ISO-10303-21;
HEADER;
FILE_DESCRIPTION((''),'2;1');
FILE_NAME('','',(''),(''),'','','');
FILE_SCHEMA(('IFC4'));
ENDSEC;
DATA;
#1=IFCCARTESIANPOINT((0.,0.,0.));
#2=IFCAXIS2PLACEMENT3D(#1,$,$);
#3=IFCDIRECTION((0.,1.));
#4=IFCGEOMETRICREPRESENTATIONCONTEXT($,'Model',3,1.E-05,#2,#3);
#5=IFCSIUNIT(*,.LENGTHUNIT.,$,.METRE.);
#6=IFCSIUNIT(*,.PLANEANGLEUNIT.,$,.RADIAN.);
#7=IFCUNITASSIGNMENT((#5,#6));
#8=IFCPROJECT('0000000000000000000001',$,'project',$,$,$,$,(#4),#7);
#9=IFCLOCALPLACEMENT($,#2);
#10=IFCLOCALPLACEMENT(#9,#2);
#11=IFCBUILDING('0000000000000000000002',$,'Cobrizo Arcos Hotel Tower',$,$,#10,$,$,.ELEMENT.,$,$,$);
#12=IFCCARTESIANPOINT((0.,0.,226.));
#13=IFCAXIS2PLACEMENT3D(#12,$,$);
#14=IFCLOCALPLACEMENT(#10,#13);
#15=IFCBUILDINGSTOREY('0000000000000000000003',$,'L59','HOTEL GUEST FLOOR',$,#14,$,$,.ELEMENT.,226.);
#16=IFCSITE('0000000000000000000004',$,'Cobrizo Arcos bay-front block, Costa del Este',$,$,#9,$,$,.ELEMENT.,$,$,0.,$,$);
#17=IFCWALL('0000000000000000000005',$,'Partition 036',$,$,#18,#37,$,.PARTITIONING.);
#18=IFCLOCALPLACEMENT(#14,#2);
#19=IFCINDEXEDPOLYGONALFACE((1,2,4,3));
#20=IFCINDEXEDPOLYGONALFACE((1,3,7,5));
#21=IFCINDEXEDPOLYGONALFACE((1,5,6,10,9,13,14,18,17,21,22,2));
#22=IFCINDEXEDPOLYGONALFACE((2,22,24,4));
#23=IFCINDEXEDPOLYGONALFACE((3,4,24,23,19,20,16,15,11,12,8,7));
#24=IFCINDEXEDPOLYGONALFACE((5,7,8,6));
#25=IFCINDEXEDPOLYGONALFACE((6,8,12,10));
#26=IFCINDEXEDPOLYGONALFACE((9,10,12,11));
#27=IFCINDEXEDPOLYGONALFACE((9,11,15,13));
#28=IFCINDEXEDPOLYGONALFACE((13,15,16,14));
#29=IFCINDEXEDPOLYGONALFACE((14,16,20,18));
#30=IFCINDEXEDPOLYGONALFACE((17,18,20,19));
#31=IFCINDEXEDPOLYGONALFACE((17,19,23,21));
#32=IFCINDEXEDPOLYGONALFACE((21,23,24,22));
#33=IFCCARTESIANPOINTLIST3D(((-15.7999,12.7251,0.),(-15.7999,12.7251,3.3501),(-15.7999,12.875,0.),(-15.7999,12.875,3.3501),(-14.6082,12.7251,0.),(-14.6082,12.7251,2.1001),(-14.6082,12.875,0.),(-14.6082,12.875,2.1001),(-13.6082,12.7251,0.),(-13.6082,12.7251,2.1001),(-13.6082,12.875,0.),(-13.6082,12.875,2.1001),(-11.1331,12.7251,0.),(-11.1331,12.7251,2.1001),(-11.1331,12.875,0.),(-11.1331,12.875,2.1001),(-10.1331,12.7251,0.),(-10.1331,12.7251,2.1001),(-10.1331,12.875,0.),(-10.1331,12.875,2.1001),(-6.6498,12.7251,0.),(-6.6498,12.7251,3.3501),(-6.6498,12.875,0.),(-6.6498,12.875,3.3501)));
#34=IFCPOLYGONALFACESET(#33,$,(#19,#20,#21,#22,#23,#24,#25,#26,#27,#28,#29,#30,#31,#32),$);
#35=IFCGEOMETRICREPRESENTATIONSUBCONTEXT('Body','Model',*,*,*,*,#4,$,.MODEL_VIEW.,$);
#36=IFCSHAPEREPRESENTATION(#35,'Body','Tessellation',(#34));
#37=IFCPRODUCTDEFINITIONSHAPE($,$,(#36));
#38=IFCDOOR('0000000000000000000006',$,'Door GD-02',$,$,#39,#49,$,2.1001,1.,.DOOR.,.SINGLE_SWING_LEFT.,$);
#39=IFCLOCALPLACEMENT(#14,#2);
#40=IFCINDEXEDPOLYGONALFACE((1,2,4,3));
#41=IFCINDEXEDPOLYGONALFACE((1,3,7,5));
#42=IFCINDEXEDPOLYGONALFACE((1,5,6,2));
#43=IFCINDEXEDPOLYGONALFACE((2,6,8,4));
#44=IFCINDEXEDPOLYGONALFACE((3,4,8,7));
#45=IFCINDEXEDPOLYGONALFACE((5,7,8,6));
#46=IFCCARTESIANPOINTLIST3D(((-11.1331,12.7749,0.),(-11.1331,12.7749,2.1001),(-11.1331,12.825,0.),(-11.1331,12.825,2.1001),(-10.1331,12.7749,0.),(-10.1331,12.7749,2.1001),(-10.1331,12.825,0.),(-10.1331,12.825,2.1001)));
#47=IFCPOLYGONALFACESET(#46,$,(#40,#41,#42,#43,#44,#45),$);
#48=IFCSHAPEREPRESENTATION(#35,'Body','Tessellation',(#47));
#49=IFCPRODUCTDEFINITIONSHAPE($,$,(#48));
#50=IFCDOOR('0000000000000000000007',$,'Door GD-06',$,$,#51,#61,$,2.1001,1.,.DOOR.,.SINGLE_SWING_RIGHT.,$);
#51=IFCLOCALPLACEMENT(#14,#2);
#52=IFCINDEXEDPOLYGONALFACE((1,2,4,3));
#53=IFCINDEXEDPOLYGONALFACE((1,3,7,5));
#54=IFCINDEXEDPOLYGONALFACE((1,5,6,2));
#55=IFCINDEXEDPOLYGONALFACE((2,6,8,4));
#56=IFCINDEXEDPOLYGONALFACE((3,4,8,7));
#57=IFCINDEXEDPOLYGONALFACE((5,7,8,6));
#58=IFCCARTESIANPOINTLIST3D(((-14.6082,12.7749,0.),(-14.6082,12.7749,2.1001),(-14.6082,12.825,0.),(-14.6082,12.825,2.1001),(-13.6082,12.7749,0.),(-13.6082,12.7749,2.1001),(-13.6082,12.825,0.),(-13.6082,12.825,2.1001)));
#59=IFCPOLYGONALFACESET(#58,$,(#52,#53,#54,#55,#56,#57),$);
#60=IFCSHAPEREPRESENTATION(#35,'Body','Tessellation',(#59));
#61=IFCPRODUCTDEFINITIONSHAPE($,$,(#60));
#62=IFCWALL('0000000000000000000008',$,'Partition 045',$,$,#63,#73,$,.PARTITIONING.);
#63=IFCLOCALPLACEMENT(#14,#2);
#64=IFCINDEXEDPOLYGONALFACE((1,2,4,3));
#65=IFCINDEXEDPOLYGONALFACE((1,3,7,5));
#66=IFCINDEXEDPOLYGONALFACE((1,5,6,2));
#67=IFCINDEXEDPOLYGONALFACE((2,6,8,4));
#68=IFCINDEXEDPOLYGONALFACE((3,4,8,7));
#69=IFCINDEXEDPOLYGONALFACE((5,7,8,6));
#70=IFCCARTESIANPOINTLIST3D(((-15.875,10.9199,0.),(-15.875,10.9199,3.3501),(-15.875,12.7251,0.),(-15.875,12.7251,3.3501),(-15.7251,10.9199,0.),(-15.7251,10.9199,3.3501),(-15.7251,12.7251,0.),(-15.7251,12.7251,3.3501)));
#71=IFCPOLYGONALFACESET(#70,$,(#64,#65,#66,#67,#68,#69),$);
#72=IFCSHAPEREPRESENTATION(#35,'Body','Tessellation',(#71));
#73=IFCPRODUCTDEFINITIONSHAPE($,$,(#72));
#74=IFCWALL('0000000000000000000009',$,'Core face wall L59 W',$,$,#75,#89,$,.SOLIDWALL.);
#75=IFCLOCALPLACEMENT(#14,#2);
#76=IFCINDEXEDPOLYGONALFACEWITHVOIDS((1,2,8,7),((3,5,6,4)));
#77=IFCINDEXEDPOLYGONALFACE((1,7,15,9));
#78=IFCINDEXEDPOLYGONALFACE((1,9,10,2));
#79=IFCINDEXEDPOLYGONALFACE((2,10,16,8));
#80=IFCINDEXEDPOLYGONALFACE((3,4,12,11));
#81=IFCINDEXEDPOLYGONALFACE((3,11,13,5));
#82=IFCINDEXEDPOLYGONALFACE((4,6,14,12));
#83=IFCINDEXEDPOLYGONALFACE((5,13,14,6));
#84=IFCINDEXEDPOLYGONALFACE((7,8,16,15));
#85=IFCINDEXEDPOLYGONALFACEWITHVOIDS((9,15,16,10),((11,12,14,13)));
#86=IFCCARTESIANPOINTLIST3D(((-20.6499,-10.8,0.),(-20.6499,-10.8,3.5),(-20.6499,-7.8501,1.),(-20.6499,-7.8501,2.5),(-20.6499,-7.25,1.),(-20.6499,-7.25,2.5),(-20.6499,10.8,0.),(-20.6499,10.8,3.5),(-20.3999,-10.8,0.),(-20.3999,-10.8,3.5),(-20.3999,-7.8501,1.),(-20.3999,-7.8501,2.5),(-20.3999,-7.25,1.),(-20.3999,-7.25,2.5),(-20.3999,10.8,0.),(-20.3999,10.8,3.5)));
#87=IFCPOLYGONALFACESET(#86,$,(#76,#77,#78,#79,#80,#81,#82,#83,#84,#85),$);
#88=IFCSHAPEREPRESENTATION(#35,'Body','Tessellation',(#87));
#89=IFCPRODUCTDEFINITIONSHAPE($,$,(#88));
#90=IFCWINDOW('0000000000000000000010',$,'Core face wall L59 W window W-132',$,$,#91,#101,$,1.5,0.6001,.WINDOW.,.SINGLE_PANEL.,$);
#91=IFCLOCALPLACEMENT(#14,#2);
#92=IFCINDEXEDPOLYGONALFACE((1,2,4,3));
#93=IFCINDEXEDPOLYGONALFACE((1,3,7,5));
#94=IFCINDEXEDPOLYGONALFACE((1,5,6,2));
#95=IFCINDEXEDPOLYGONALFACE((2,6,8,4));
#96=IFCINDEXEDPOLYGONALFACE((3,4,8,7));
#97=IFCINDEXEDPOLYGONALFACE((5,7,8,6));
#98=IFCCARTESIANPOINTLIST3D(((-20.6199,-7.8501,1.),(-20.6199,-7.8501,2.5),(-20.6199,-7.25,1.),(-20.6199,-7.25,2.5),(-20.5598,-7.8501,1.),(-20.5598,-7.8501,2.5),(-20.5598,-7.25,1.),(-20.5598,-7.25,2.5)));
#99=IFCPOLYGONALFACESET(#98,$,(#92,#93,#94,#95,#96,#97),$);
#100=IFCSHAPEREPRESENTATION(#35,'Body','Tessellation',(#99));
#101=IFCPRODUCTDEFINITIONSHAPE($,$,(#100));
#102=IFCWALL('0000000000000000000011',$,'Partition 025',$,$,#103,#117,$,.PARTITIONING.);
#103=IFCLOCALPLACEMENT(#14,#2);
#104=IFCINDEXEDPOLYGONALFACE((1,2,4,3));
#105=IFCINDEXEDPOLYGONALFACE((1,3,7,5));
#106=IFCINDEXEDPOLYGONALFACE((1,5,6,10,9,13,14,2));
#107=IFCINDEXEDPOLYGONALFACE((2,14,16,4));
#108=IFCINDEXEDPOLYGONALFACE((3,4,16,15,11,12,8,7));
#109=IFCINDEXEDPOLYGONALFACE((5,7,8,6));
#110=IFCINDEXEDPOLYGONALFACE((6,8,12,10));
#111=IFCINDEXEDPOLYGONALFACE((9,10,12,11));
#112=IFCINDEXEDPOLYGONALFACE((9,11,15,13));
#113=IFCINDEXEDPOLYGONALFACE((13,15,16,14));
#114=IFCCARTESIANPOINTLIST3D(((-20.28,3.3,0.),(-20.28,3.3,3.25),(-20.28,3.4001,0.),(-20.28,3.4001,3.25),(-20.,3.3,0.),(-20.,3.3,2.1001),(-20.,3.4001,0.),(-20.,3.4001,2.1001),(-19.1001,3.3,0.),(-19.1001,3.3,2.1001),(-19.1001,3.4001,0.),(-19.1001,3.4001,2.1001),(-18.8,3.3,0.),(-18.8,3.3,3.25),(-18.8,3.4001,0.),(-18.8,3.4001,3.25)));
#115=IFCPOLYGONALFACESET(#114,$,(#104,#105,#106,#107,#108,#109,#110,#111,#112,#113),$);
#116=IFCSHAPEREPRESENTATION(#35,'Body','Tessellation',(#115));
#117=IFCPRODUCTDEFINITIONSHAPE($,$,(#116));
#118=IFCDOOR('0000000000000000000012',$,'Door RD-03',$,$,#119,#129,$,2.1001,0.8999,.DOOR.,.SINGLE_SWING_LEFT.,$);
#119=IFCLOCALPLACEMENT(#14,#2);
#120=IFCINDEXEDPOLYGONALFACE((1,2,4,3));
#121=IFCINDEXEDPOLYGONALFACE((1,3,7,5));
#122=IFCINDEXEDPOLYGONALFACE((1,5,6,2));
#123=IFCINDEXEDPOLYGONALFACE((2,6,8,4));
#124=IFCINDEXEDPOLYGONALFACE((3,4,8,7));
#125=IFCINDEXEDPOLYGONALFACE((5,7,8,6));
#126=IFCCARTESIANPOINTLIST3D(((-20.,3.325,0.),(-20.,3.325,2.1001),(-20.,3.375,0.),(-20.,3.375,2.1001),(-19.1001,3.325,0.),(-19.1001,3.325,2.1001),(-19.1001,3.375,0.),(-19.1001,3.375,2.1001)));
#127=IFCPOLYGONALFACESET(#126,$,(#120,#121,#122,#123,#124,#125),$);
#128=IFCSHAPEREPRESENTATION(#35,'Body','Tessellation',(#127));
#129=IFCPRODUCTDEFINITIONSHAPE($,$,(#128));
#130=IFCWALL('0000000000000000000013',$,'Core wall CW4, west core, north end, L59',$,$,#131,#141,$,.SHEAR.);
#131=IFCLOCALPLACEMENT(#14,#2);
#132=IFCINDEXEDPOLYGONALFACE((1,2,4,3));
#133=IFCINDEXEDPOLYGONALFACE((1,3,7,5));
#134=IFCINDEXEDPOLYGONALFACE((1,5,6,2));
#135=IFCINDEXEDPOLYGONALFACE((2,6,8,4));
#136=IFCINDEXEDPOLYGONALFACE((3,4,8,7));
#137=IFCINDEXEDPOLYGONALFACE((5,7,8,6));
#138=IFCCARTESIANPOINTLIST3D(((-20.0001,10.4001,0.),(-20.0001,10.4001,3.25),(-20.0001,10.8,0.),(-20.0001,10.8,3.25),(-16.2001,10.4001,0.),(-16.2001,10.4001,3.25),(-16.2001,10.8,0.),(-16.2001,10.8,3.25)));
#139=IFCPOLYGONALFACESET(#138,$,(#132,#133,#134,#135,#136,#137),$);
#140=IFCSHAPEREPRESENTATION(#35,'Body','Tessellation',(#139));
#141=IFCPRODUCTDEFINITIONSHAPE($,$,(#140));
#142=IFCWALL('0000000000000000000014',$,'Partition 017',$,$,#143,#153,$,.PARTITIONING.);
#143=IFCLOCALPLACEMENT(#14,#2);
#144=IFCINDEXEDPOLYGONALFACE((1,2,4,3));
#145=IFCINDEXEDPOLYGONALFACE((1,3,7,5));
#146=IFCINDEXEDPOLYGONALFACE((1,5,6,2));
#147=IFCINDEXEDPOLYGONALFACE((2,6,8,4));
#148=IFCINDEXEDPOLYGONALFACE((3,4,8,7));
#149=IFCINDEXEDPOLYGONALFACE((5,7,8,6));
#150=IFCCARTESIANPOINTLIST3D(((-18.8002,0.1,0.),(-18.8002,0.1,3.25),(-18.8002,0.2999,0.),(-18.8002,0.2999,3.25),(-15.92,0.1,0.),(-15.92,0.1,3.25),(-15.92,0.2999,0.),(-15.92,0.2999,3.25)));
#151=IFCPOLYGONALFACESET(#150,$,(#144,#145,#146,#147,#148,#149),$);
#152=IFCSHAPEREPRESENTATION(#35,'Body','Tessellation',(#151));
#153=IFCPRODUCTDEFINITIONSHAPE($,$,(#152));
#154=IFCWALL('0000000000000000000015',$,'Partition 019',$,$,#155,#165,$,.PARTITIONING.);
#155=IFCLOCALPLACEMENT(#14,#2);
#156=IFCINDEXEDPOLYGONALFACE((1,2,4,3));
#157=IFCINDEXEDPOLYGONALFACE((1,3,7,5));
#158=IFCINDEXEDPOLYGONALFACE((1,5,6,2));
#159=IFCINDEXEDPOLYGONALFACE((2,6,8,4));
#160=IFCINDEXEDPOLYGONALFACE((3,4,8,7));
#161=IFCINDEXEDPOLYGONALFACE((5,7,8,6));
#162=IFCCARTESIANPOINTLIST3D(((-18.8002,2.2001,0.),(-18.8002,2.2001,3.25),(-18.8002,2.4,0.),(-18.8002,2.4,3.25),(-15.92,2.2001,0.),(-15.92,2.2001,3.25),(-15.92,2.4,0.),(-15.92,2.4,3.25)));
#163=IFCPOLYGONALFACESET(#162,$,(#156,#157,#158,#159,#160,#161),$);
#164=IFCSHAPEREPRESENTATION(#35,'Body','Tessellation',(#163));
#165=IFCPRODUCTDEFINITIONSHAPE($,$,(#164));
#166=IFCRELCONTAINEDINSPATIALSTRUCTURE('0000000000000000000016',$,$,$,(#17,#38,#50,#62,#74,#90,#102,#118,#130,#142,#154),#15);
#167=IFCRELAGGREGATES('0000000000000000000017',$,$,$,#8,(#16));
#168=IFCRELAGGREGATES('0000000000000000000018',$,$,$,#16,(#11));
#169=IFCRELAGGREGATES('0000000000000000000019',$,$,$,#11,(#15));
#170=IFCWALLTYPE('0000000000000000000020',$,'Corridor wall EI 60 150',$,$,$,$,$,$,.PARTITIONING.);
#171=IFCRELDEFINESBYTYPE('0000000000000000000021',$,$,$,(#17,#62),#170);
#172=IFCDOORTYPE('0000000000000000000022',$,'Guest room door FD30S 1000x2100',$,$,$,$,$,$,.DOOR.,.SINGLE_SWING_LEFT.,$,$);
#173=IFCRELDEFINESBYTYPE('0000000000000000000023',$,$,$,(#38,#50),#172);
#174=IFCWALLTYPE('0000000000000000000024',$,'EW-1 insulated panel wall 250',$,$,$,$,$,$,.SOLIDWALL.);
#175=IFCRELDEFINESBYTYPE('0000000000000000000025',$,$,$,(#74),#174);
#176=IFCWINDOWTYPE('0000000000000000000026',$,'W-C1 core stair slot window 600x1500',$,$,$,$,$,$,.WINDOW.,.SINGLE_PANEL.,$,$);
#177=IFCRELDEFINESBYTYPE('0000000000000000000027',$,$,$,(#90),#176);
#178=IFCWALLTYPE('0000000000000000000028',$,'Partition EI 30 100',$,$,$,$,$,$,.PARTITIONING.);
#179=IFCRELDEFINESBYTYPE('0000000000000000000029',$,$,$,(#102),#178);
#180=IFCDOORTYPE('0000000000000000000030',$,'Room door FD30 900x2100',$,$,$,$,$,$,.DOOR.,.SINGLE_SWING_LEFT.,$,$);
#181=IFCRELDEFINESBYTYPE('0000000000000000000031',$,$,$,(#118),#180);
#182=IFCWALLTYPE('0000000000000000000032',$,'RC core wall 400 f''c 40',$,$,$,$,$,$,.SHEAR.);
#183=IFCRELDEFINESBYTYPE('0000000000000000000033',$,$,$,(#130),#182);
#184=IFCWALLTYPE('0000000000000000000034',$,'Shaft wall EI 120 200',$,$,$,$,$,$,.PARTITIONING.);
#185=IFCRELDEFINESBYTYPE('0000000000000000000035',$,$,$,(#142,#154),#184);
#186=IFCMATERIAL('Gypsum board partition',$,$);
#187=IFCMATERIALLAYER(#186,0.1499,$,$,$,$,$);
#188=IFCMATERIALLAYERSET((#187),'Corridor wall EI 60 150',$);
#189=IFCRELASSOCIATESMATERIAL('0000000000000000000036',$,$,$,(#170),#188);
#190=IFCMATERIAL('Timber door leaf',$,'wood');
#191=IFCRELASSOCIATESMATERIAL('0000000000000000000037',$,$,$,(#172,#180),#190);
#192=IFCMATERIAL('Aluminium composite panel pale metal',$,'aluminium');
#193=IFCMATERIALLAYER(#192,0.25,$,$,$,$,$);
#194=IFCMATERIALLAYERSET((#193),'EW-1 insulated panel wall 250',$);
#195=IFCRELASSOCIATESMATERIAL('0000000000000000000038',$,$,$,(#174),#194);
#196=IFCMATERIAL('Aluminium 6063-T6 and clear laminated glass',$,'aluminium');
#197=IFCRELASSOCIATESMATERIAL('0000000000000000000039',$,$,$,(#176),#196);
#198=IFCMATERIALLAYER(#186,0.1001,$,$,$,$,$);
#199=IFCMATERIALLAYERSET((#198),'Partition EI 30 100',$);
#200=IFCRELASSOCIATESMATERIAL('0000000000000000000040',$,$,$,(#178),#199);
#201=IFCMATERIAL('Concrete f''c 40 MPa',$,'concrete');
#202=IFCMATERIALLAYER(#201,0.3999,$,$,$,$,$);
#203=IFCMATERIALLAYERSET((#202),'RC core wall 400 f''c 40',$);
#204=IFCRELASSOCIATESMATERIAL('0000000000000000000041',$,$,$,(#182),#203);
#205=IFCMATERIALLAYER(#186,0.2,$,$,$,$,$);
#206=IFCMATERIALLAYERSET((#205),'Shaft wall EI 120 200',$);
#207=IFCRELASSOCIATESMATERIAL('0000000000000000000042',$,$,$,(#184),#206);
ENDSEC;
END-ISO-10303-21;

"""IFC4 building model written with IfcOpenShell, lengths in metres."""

from ifc_helpers import new_model, si_unit, direction, frame, frame_2d, origin, place, context, subcontext, project, spatial, rectangle, extrude, material, layer, layer_set, type_object, element, fill, save


model = new_model("IFC4")

# Units and contexts
model_context = context("Model", 3, precision=1e-05, world=origin(), true_north=direction((0.0, 1.0)))
body_context = subcontext(model_context, "Body", "Model", "MODEL_VIEW")
ifc_project = project(units=[si_unit("LENGTHUNIT", "METRE"), si_unit("PLANEANGLEUNIT", "RADIAN")], contexts=[model_context])

# Site, building, storey
site_placement = place(None, origin())
site = spatial("IfcSite", under=ifc_project, at=site_placement, Name="Cobrizo Arcos bay-front block, Costa del Este", CompositionType="ELEMENT", RefElevation=0.0)
building_placement = place(site_placement, origin())
building = spatial("IfcBuilding", under=site, at=building_placement, Name="Cobrizo Arcos Hotel Tower", CompositionType="ELEMENT")
storey_placement = place(building_placement, frame((0.0, 0.0, 226.0)))
storey = spatial("IfcBuildingStorey", under=building, at=storey_placement, Name="L59", Description="HOTEL GUEST FLOOR", CompositionType="ELEMENT", Elevation=226.0)

# Shared definitions
ifc_material_1 = material(Name="Gypsum board partition")
ifc_layer_1 = layer(ifc_material_1, 0.1499)
ifc_layer_set_1 = layer_set([ifc_layer_1], Name="Corridor wall EI 60 150")
wall_type_1 = type_object("IfcWallType", Name="Corridor wall EI 60 150", PredefinedType="PARTITIONING", material=ifc_layer_set_1)

# Wall, openings, doors
wall_1_placement = place(storey_placement, frame((-15.8, 12.8, 0.0), z_axis=(0.0, 0.0, 1.0), x_axis=(1.0, 0.0, 0.0)))
wall_1 = element("IfcWall", 1, at=wall_1_placement, inside=storey, type_object=wall_type_1, Name="Partition 036", PredefinedType="PARTITIONING", context=body_context, shape_type="SweptSolid", body=[
    extrude(rectangle(XDim=9.1501, YDim=0.1499, at=frame_2d((4.5752, 0.0))), origin(), (0.0, 0.0, 1.0), 3.3501),
])
opening_1_placement = place(wall_1_placement, frame((4.667, 0.0, 0.0)))
opening_1 = element("IfcOpeningElement", 2, at=opening_1_placement, cuts=wall_1, PredefinedType="OPENING", context=body_context, shape_type="SweptSolid", body=[
    extrude(rectangle(XDim=1.0, YDim=2.1001, at=frame_2d((0.5, 1.05))), frame((0.0, 0.0869, 0.0), z_axis=(0.0, -1.0, 0.0), x_axis=(1.0, 0.0, 0.0)), (0.0, 0.0, 1.0), 0.1738),
])
opening_2_placement = place(wall_1_placement, frame((1.1919, 0.0, 0.0)))
opening_2 = element("IfcOpeningElement", 3, at=opening_2_placement, cuts=wall_1, PredefinedType="OPENING", context=body_context, shape_type="SweptSolid", body=[
    extrude(rectangle(XDim=1.0, YDim=2.1001, at=frame_2d((0.5, 1.05))), frame((0.0, 0.0869, 0.0), z_axis=(0.0, -1.0, 0.0), x_axis=(1.0, 0.0, 0.0)), (0.0, 0.0, 1.0), 0.1738),
])
ifc_material_2 = material(Name="Timber door leaf", Category="wood")
door_type_1 = type_object("IfcDoorType", Name="Guest room door FD30S 1000x2100", OperationType="SINGLE_SWING_LEFT", PredefinedType="DOOR", material=ifc_material_2)
door_1_placement = place(opening_1_placement, origin())
door_1 = element("IfcDoor", 4, at=door_1_placement, inside=storey, type_object=door_type_1, Name="Door GD-02", OperationType="SINGLE_SWING_LEFT", OverallHeight=2.1001, OverallWidth=1.0, PredefinedType="DOOR", context=body_context, shape_type="SweptSolid", body=[
    extrude(rectangle(XDim=1.0, YDim=2.1001, at=frame_2d((0.5, 1.05))), frame((0.0, 0.0249, 0.0), z_axis=(0.0, -1.0, 0.0), x_axis=(1.0, 0.0, 0.0)), (0.0, 0.0, 1.0), 0.05),
])
fill(opening_1, door_1)
door_2_placement = place(opening_2_placement, origin())
door_2 = element("IfcDoor", 5, at=door_2_placement, inside=storey, type_object=door_type_1, Name="Door GD-06", OperationType="SINGLE_SWING_RIGHT", OverallHeight=2.1001, OverallWidth=1.0, PredefinedType="DOOR", context=body_context, shape_type="SweptSolid", body=[
    extrude(rectangle(XDim=1.0, YDim=2.1001, at=frame_2d((0.5, 1.05))), frame((0.0, 0.0249, 0.0), z_axis=(0.0, -1.0, 0.0), x_axis=(1.0, 0.0, 0.0)), (0.0, 0.0, 1.0), 0.05),
])
fill(opening_2, door_2)

# Wall
wall_2_placement = place(storey_placement, frame((-15.8, 10.9199, 0.0), z_axis=(0.0, 0.0, 1.0), x_axis=(0.0, 1.0, 0.0)))
element("IfcWall", 6, at=wall_2_placement, inside=storey, type_object=wall_type_1, Name="Partition 045", PredefinedType="PARTITIONING", context=body_context, shape_type="SweptSolid", body=[
    extrude(rectangle(XDim=1.8052, YDim=0.1499, at=frame_2d((0.9026, 0.0))), origin(), (0.0, 0.0, 1.0), 3.3501),
])

# Wall, opening, window
ifc_material_3 = material(Name="Aluminium composite panel pale metal", Category="aluminium")
ifc_layer_2 = layer(ifc_material_3, 0.25)
ifc_layer_set_2 = layer_set([ifc_layer_2], Name="EW-1 insulated panel wall 250")
wall_type_2 = type_object("IfcWallType", Name="EW-1 insulated panel wall 250", PredefinedType="SOLIDWALL", material=ifc_layer_set_2)
wall_3_placement = place(storey_placement, frame((-20.5249, 10.8, 0.0), z_axis=(0.0, 0.0, 1.0), x_axis=(0.0, -1.0, 0.0)))
wall_3 = element("IfcWall", 7, at=wall_3_placement, inside=storey, type_object=wall_type_2, Name="Core face wall L59 W", PredefinedType="SOLIDWALL", context=body_context, shape_type="SweptSolid", body=[
    extrude(rectangle(XDim=21.6001, YDim=0.25, at=frame_2d((10.8, 0.0))), origin(), (0.0, 0.0, 1.0), 3.5),
])
opening_3_placement = place(wall_3_placement, frame((18.05, 0.0, 1.0)))
opening_3 = element("IfcOpeningElement", 8, at=opening_3_placement, cuts=wall_3, PredefinedType="OPENING", context=body_context, shape_type="SweptSolid", body=[
    extrude(rectangle(XDim=0.6001, YDim=1.5, at=frame_2d((0.3, 0.75))), frame((0.0, 0.137, 0.0), z_axis=(0.0, -1.0, 0.0), x_axis=(1.0, 0.0, 0.0)), (0.0, 0.0, 1.0), 0.2739),
])
ifc_material_4 = material(Name="Aluminium 6063-T6 and clear laminated glass", Category="aluminium")
window_type = type_object("IfcWindowType", Name="W-C1 core stair slot window 600x1500", PartitioningType="SINGLE_PANEL", PredefinedType="WINDOW", material=ifc_material_4)
window_placement = place(opening_3_placement, origin())
window = element("IfcWindow", 9, at=window_placement, inside=storey, type_object=window_type, Name="Core face wall L59 W window W-132", OverallHeight=1.5, OverallWidth=0.6001, PartitioningType="SINGLE_PANEL", PredefinedType="WINDOW", context=body_context, shape_type="SweptSolid", body=[
    extrude(rectangle(XDim=0.6001, YDim=1.5, at=frame_2d((0.3, 0.75))), frame((0.0, -0.0349, 0.0), z_axis=(0.0, -1.0, 0.0), x_axis=(1.0, 0.0, 0.0)), (0.0, 0.0, 1.0), 0.0601),
])
fill(opening_3, window)

# Wall, opening, door
ifc_layer_3 = layer(ifc_material_1, 0.1001)
ifc_layer_set_3 = layer_set([ifc_layer_3], Name="Partition EI 30 100")
wall_type_3 = type_object("IfcWallType", Name="Partition EI 30 100", PredefinedType="PARTITIONING", material=ifc_layer_set_3)
wall_4_placement = place(storey_placement, frame((-20.28, 3.3501, 0.0), z_axis=(0.0, 0.0, 1.0), x_axis=(1.0, 0.0, 0.0)))
wall_4 = element("IfcWall", 10, at=wall_4_placement, inside=storey, type_object=wall_type_3, Name="Partition 025", PredefinedType="PARTITIONING", context=body_context, shape_type="SweptSolid", body=[
    extrude(rectangle(XDim=1.48, YDim=0.1001, at=frame_2d((0.74, 0.0))), origin(), (0.0, 0.0, 1.0), 3.25),
])
opening_4_placement = place(wall_4_placement, frame((0.28, 0.0, 0.0)))
opening_4 = element("IfcOpeningElement", 11, at=opening_4_placement, cuts=wall_4, PredefinedType="OPENING", context=body_context, shape_type="SweptSolid", body=[
    extrude(rectangle(XDim=0.8999, YDim=2.1001, at=frame_2d((0.45, 1.05))), frame((0.0, 0.062, 0.0), z_axis=(0.0, -1.0, 0.0), x_axis=(1.0, 0.0, 0.0)), (0.0, 0.0, 1.0), 0.124),
])
door_type_2 = type_object("IfcDoorType", Name="Room door FD30 900x2100", OperationType="SINGLE_SWING_LEFT", PredefinedType="DOOR", material=ifc_material_2)
door_3_placement = place(opening_4_placement, origin())
door_3 = element("IfcDoor", 12, at=door_3_placement, inside=storey, type_object=door_type_2, Name="Door RD-03", OperationType="SINGLE_SWING_LEFT", OverallHeight=2.1001, OverallWidth=0.8999, PredefinedType="DOOR", context=body_context, shape_type="SweptSolid", body=[
    extrude(rectangle(XDim=0.8999, YDim=2.1001, at=frame_2d((0.45, 1.05))), frame((0.0, 0.0249, 0.0), z_axis=(0.0, -1.0, 0.0), x_axis=(1.0, 0.0, 0.0)), (0.0, 0.0, 1.0), 0.05),
])
fill(opening_4, door_3)

# Walls
ifc_material_5 = material(Name="Concrete f'c 40 MPa", Category="concrete")
ifc_layer_4 = layer(ifc_material_5, 0.3999)
ifc_layer_set_4 = layer_set([ifc_layer_4], Name="RC core wall 400 f'c 40")
wall_type_4 = type_object("IfcWallType", Name="RC core wall 400 f'c 40", PredefinedType="SHEAR", material=ifc_layer_set_4)
wall_5_placement = place(storey_placement, frame((-20.0, 10.6001, 0.0), z_axis=(0.0, 0.0, 1.0), x_axis=(1.0, 0.0, 0.0)))
element("IfcWall", 13, at=wall_5_placement, inside=storey, type_object=wall_type_4, Name="Core wall CW4, west core, north end, L59", PredefinedType="SHEAR", context=body_context, shape_type="SweptSolid", body=[
    extrude(rectangle(XDim=3.8, YDim=0.3999, at=frame_2d((1.8999, 0.0))), origin(), (0.0, 0.0, 1.0), 3.25),
])
ifc_layer_5 = layer(ifc_material_1, 0.2)
ifc_layer_set_5 = layer_set([ifc_layer_5], Name="Shaft wall EI 120 200")
wall_type_5 = type_object("IfcWallType", Name="Shaft wall EI 120 200", PredefinedType="PARTITIONING", material=ifc_layer_set_5)
for number, where, z_axis, x_axis, name in (
    (14, (-18.8, 0.2, 0.0), (0.0, 0.0, 1.0), (1.0, 0.0, 0.0), "Partition 017"),
    (15, (-18.8, 2.3, 0.0), (0.0, 0.0, 1.0), (1.0, 0.0, 0.0), "Partition 019"),
):
    element("IfcWall", number, at=place(storey_placement, frame(where, z_axis=z_axis, x_axis=x_axis)), inside=storey, type_object=wall_type_5, Name=name, PredefinedType="PARTITIONING", context=body_context, shape_type="SweptSolid", body=[
        extrude(rectangle(XDim=2.8801, YDim=0.2, at=frame_2d((1.4399, 0.0))), origin(), (0.0, 0.0, 1.0), 3.25),
    ])

save(model, "model.ifc")
